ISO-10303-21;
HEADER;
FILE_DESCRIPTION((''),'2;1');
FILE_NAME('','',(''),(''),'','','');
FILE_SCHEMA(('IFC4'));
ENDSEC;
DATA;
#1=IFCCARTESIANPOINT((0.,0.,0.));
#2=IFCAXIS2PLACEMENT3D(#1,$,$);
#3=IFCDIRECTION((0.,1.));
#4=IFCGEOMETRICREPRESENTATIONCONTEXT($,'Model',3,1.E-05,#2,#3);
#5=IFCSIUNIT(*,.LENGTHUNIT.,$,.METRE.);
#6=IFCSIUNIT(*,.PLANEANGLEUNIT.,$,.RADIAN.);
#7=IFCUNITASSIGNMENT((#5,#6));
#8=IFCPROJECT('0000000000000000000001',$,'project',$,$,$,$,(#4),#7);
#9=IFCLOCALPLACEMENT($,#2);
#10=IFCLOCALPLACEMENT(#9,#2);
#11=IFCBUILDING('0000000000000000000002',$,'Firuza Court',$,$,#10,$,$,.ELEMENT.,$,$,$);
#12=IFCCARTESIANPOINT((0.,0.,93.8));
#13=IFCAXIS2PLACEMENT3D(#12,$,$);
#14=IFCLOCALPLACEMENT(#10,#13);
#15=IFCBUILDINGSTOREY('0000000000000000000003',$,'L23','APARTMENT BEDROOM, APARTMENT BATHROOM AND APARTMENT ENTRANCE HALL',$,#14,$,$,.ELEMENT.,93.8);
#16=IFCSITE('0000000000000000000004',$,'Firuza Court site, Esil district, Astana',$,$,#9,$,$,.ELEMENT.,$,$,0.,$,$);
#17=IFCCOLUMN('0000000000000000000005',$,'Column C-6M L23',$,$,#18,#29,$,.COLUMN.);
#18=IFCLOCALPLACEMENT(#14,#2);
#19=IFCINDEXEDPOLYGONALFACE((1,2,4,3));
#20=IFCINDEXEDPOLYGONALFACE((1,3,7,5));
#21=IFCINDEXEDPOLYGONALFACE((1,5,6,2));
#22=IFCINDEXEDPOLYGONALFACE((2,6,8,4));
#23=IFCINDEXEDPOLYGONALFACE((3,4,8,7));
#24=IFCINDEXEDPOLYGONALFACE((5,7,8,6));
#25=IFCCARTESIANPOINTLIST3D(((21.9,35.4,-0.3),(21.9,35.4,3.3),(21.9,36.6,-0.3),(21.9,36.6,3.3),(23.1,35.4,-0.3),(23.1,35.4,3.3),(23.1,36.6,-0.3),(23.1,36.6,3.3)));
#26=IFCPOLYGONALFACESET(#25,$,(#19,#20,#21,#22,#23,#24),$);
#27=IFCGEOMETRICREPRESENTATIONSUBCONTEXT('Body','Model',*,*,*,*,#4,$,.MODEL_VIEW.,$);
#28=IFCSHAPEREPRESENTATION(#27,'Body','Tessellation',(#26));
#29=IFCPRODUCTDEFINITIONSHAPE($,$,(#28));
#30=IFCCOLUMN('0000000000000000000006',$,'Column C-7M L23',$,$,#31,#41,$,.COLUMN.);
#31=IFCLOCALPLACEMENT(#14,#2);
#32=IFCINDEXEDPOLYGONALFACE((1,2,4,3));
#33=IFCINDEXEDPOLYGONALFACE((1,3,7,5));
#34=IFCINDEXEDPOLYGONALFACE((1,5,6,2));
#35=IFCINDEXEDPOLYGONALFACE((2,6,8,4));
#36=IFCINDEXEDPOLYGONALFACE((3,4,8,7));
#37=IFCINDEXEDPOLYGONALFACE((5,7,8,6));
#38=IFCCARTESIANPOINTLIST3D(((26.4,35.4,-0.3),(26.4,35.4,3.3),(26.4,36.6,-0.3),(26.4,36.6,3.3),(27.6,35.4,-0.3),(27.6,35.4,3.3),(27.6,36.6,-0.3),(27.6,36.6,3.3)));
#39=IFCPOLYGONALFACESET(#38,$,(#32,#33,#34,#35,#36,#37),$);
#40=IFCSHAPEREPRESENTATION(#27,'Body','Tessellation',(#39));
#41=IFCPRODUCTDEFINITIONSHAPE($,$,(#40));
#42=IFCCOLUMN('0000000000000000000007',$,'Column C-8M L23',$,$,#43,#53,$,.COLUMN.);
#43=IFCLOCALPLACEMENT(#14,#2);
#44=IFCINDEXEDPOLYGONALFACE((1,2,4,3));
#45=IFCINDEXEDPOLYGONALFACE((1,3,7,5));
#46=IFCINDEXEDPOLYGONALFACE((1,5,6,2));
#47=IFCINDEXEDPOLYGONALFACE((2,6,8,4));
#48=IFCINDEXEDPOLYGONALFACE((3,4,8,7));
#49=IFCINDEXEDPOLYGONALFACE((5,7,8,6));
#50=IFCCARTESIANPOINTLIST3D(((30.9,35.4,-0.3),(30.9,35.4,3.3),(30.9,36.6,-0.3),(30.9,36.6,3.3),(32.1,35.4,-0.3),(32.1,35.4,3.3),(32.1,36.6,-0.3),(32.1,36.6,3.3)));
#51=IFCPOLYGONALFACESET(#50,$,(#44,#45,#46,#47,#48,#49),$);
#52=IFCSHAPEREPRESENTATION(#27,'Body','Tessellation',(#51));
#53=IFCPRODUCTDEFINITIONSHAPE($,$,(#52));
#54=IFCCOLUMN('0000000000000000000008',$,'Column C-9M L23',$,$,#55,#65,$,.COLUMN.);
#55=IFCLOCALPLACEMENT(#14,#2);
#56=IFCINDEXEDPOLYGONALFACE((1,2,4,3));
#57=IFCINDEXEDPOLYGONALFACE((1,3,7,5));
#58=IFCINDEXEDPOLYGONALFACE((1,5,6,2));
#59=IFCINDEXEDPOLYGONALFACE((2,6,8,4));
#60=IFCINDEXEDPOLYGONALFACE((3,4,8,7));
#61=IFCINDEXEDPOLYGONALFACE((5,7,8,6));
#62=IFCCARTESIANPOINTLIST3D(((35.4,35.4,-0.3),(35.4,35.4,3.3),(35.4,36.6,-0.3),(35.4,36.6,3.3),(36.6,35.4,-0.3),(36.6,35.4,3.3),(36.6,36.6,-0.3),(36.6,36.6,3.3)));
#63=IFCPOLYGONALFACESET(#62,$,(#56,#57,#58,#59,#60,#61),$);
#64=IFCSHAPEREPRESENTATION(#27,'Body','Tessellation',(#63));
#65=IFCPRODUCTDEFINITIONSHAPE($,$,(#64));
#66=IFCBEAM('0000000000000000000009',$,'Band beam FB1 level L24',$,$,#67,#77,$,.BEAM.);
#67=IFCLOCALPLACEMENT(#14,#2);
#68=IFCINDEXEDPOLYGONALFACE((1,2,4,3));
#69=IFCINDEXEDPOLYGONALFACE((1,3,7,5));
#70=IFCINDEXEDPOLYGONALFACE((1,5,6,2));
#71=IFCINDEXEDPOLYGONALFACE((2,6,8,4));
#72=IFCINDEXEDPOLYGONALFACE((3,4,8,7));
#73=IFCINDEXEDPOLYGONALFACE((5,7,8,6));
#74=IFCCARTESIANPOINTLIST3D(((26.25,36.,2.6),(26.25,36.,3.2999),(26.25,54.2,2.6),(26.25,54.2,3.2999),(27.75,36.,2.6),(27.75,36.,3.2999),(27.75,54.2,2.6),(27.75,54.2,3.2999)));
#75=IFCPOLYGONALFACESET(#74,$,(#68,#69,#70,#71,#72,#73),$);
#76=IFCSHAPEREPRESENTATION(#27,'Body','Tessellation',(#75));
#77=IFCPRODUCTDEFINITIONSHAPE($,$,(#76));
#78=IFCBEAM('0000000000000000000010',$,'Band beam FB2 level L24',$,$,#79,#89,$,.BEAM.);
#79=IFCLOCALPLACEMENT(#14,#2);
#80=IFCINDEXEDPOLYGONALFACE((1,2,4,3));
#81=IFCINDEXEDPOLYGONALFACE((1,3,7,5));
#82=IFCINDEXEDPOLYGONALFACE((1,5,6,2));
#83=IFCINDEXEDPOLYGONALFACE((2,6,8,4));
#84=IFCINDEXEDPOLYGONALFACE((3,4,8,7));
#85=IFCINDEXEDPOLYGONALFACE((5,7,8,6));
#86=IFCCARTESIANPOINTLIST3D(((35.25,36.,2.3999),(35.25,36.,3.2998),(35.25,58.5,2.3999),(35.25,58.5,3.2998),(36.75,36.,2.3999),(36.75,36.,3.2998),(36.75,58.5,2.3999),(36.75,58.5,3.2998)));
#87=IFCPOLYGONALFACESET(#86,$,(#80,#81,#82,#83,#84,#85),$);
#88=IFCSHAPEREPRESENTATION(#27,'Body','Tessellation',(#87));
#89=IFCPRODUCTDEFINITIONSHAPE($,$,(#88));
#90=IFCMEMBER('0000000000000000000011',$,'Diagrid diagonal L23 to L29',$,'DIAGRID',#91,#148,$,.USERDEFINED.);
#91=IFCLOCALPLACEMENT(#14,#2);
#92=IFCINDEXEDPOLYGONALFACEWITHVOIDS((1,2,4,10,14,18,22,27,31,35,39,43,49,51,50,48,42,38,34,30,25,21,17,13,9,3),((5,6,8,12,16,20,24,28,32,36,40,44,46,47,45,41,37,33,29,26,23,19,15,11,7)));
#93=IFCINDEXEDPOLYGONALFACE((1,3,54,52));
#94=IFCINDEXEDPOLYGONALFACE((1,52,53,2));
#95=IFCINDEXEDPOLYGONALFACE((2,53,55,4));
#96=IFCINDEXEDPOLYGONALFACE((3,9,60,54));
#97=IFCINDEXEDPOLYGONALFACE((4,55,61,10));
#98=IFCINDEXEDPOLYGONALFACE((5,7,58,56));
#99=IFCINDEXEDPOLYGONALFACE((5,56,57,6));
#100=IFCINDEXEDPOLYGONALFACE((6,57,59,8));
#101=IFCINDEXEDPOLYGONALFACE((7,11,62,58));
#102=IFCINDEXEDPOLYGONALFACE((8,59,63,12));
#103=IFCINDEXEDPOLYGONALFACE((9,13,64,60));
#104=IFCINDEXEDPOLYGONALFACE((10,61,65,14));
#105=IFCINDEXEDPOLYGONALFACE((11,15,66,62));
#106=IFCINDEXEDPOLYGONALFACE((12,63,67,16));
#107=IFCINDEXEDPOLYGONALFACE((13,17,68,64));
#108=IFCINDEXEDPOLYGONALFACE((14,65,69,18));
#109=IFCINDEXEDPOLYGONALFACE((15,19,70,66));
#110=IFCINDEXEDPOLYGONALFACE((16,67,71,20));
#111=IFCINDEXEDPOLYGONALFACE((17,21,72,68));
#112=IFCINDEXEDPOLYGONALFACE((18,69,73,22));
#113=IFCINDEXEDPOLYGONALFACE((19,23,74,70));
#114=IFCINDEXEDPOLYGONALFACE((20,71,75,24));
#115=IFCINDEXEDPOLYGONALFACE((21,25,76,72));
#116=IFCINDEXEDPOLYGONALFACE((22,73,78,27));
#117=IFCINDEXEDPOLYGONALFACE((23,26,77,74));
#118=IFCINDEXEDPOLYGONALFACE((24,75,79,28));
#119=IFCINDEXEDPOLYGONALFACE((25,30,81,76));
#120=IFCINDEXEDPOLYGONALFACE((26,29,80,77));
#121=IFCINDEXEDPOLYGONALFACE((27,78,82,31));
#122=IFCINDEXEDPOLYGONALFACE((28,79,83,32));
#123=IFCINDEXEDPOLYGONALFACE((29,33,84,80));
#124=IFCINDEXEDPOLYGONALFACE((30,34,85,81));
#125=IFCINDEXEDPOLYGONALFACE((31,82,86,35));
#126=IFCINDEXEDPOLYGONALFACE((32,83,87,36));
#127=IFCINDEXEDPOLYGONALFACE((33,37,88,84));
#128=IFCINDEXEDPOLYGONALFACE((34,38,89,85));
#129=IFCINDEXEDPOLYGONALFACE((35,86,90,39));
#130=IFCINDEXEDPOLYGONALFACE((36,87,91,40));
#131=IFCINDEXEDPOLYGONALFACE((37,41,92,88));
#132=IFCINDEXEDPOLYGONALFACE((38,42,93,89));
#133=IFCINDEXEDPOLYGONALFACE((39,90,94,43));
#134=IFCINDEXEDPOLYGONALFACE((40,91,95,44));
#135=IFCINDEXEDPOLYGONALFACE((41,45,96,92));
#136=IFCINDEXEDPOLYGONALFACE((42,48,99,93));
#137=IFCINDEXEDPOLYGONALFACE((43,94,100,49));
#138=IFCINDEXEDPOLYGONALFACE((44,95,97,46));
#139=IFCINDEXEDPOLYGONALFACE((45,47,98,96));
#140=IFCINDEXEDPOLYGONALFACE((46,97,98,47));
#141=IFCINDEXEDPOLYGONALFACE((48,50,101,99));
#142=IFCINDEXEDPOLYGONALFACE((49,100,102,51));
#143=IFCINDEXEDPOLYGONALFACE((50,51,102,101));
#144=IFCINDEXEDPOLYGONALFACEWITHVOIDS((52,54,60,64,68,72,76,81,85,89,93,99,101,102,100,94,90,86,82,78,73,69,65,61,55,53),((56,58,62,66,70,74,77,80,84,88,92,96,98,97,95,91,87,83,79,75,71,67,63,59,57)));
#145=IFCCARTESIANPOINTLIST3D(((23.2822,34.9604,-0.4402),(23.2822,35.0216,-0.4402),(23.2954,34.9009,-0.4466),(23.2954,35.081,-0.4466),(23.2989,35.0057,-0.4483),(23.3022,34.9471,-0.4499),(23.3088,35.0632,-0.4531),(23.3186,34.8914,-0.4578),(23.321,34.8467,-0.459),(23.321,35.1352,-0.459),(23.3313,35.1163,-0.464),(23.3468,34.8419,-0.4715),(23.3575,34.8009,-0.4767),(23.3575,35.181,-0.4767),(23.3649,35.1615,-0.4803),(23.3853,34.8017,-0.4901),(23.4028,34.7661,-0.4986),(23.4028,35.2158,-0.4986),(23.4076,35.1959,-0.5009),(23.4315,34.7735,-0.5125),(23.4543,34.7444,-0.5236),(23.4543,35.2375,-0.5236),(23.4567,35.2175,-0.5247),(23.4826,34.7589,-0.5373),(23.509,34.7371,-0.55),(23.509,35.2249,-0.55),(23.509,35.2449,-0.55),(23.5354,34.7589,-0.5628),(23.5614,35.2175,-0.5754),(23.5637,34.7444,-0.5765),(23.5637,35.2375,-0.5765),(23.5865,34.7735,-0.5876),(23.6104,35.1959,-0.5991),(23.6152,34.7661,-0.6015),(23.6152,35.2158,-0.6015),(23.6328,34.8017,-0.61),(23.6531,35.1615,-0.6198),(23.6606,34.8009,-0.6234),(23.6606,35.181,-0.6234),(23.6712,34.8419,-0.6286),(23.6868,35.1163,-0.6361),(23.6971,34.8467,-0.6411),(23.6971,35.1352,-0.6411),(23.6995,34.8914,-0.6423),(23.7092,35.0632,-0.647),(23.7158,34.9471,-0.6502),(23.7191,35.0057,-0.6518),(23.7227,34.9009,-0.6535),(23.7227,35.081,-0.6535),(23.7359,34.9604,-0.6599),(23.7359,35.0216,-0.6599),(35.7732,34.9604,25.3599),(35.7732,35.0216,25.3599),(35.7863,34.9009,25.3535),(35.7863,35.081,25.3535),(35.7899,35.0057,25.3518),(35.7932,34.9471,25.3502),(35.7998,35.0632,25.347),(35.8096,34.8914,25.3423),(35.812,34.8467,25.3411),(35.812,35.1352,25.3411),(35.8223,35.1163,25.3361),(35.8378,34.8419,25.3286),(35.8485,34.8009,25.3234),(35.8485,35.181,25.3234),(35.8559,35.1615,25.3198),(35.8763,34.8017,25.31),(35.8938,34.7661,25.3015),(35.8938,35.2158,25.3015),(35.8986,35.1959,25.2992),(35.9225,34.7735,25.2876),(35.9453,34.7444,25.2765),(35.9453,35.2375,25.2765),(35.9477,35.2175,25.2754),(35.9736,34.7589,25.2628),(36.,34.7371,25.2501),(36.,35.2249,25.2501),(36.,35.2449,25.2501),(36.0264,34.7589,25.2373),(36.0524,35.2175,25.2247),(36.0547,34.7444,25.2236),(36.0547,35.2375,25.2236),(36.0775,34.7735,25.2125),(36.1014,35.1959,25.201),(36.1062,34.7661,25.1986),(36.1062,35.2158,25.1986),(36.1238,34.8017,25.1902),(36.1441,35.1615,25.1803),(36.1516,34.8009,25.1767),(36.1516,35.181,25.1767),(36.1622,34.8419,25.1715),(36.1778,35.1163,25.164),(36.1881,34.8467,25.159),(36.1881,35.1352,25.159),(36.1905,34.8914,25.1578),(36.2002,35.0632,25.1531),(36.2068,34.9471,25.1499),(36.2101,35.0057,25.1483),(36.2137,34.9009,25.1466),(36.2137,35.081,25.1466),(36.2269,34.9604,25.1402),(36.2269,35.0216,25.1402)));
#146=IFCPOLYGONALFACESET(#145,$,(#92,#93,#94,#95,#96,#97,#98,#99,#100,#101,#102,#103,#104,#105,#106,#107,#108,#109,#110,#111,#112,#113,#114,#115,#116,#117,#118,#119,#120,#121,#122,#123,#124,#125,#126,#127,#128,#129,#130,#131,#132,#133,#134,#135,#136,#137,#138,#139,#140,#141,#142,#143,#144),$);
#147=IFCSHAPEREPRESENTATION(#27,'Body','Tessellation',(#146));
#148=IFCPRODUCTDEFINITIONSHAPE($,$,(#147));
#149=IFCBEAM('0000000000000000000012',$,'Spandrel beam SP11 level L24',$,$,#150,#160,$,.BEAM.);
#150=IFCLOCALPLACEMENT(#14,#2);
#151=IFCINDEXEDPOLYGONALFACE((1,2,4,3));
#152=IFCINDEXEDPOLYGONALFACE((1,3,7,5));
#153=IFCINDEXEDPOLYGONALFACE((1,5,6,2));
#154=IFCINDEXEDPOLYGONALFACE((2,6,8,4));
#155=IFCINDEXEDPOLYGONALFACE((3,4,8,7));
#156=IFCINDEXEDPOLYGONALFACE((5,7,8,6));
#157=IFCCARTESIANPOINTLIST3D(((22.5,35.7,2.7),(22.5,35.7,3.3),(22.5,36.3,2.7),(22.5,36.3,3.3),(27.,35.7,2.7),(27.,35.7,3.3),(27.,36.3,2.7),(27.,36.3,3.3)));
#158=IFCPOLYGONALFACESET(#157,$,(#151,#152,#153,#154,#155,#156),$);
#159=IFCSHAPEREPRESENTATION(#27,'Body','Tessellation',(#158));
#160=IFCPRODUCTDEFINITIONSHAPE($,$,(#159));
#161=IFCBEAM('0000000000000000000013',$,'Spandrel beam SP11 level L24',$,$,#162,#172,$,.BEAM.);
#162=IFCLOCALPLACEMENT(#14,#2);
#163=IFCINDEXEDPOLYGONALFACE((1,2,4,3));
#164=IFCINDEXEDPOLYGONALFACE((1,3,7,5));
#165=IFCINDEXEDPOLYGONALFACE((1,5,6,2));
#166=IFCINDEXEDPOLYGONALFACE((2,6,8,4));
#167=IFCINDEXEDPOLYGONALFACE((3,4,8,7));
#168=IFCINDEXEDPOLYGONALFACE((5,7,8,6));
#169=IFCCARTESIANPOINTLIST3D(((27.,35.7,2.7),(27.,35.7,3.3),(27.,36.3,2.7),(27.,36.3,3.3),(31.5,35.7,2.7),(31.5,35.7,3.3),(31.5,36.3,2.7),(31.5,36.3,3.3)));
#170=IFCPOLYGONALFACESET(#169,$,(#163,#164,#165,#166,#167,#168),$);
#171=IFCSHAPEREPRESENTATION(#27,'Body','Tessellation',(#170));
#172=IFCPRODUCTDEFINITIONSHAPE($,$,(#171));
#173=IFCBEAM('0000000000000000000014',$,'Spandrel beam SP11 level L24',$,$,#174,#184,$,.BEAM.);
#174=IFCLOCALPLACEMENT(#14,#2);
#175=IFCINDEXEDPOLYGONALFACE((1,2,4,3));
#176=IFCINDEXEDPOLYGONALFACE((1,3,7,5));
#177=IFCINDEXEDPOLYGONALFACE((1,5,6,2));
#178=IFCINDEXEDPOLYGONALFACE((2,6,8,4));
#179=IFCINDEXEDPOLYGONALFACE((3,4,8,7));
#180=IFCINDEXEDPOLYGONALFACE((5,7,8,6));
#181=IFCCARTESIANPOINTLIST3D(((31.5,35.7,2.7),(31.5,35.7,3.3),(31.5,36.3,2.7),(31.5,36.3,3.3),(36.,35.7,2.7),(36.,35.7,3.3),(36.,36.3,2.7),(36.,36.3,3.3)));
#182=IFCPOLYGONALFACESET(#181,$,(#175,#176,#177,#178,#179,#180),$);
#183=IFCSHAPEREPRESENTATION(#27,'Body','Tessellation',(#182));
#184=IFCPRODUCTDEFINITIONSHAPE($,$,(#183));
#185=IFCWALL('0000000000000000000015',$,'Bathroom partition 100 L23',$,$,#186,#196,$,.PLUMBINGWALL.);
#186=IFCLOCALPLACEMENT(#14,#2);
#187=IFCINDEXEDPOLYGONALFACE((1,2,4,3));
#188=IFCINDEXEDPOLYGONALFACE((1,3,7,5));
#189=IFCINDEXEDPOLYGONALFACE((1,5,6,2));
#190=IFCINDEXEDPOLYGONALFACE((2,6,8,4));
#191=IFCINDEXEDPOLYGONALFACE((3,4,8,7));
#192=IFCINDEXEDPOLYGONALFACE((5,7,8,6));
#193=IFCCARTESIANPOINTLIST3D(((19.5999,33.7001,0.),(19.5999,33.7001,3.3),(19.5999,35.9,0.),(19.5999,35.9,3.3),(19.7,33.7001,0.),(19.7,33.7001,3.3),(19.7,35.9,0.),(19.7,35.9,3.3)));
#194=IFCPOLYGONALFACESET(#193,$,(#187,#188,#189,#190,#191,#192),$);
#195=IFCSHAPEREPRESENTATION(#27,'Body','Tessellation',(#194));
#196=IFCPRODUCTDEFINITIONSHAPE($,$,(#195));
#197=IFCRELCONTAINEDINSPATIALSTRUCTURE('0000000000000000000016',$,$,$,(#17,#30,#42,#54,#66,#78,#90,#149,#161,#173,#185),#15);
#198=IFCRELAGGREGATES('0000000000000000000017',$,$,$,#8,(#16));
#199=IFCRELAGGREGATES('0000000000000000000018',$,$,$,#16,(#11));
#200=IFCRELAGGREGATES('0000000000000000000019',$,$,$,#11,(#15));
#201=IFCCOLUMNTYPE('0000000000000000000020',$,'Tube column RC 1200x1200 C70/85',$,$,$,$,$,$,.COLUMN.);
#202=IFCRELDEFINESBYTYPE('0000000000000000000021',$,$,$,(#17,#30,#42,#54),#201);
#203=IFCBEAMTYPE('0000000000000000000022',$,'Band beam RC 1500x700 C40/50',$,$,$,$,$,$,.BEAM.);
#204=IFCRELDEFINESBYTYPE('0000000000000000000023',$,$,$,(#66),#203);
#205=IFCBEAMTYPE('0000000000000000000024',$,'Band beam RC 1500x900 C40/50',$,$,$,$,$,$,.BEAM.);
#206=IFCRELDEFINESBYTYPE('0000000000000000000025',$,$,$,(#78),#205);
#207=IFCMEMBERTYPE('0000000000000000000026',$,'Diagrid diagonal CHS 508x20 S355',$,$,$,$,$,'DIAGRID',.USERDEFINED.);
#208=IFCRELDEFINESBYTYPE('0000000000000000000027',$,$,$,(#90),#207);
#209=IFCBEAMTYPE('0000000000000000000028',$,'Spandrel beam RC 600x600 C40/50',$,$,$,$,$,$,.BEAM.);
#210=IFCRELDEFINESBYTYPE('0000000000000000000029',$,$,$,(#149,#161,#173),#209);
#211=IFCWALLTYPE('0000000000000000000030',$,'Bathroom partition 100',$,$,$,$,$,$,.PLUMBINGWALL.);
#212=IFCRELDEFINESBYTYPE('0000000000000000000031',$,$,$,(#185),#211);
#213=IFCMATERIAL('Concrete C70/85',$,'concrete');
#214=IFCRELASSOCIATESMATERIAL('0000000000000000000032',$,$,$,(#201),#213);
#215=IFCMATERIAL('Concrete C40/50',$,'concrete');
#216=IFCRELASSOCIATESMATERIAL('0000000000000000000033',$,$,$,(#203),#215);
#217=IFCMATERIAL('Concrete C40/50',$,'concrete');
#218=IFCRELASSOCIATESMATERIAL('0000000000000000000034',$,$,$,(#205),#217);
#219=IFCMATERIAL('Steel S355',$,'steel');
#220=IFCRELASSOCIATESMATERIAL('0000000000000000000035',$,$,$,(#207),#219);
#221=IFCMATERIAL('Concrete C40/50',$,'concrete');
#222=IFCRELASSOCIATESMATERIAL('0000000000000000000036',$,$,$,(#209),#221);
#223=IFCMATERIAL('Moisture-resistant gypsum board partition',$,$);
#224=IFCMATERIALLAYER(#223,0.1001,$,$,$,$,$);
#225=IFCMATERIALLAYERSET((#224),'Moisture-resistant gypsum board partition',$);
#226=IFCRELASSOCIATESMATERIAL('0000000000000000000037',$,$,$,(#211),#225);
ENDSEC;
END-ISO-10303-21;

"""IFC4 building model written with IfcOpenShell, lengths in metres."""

from ifc_helpers import new_model, si_unit, direction, frame, frame_2d, origin, origin_2d, place, context, subcontext, project, spatial, rectangle, hollow_circle, extrude, material, layer, layer_set, material_profile, profile_set, type_object, element, save


model = new_model("IFC4")

# Units and contexts
model_context = context("Model", 3, precision=1e-05, world=origin(), true_north=direction((0.0, 1.0)))
body_context = subcontext(model_context, "Body", "Model", "MODEL_VIEW")
ifc_project = project(units=[si_unit("LENGTHUNIT", "METRE"), si_unit("PLANEANGLEUNIT", "RADIAN")], contexts=[model_context])

# Site, building, storey
site_placement = place(None, origin())
site = spatial("IfcSite", under=ifc_project, at=site_placement, Name="Firuza Court site, Esil district, Astana", CompositionType="ELEMENT", RefElevation=0.0)
building_placement = place(site_placement, origin())
building = spatial("IfcBuilding", under=site, at=building_placement, Name="Firuza Court", CompositionType="ELEMENT")
storey_placement = place(building_placement, frame((0.0, 0.0, 93.8)))
storey = spatial("IfcBuildingStorey", under=building, at=storey_placement, Name="L23", Description="APARTMENT BEDROOM, APARTMENT BATHROOM AND APARTMENT ENTRANCE HALL", CompositionType="ELEMENT", Elevation=93.8)

# Columns
ifc_material_1 = material(Name="Concrete C70/85", Category="concrete")
ifc_material_profile_1 = material_profile(ifc_material_1, rectangle(XDim=1.2, YDim=1.2, at=origin_2d()), Name="RC 1200x1200")
ifc_profile_set_1 = profile_set([ifc_material_profile_1], Name="Concrete C70/85")
column_type = type_object("IfcColumnType", Name="Tube column RC 1200x1200 C70/85", PredefinedType="COLUMN", material=ifc_profile_set_1)
for number, where, z_axis, x_axis, name in (
    (1, (22.5, 36.0, -0.3), (0.0, 0.0, 1.0), (1.0, 0.0, 0.0), "Column C-6M L23"),
    (2, (27.0, 36.0, -0.3), (0.0, 0.0, 1.0), (1.0, 0.0, 0.0), "Column C-7M L23"),
    (3, (31.5, 36.0, -0.3), (0.0, 0.0, 1.0), (1.0, 0.0, 0.0), "Column C-8M L23"),
    (4, (36.0, 36.0, -0.3), (0.0, 0.0, 1.0), (1.0, 0.0, 0.0), "Column C-9M L23"),
):
    element("IfcColumn", number, at=place(storey_placement, frame(where, z_axis=z_axis, x_axis=x_axis)), inside=storey, type_object=column_type, Name=name, PredefinedType="COLUMN", context=body_context, shape_type="SweptSolid", body=[
        extrude(rectangle(XDim=1.2, YDim=1.2, at=origin_2d()), origin(), (0.0, 0.0, 1.0), 3.6001),
    ])

# Beams
ifc_material_2 = material(Name="Concrete C40/50", Category="concrete")
ifc_material_profile_2 = material_profile(ifc_material_2, rectangle(XDim=1.5, YDim=0.7, at=origin_2d()), Name="RC 1500x700")
ifc_profile_set_2 = profile_set([ifc_material_profile_2], Name="Concrete C40/50")
beam_type_1 = type_object("IfcBeamType", Name="Band beam RC 1500x700 C40/50", PredefinedType="BEAM", material=ifc_profile_set_2)
beam_1_placement = place(storey_placement, frame((27.0, 36.0, 2.95), z_axis=(0.0, 1.0, 0.0), x_axis=(-1.0, 0.0, 0.0)))
element("IfcBeam", 5, at=beam_1_placement, inside=storey, type_object=beam_type_1, Name="Band beam FB1 level L24", PredefinedType="BEAM", context=body_context, shape_type="SweptSolid", body=[
    extrude(rectangle(XDim=1.5, YDim=0.7, at=origin_2d()), origin(), (0.0, 0.0, 1.0), 18.2),
])
ifc_material_3 = material(Name="Concrete C40/50", Category="concrete")
ifc_material_profile_3 = material_profile(ifc_material_3, rectangle(XDim=1.5, YDim=0.8999, at=origin_2d()), Name="RC 1500x900")
ifc_profile_set_3 = profile_set([ifc_material_profile_3], Name="Concrete C40/50")
beam_type_2 = type_object("IfcBeamType", Name="Band beam RC 1500x900 C40/50", PredefinedType="BEAM", material=ifc_profile_set_3)
beam_2_placement = place(storey_placement, frame((36.0, 36.0, 2.8499), z_axis=(0.0, 1.0, 0.0), x_axis=(-1.0, 0.0, 0.0)))
element("IfcBeam", 6, at=beam_2_placement, inside=storey, type_object=beam_type_2, Name="Band beam FB2 level L24", PredefinedType="BEAM", context=body_context, shape_type="SweptSolid", body=[
    extrude(rectangle(XDim=1.5, YDim=0.8999, at=origin_2d()), origin(), (0.0, 0.0, 1.0), 22.5),
])

# Member
ifc_material_4 = material(Name="Steel S355", Category="steel")
ifc_material_profile_4 = material_profile(ifc_material_4, hollow_circle(Radius=0.2539, WallThickness=0.02, at=origin_2d()), Name="CHS 508x20")
ifc_profile_set_4 = profile_set([ifc_material_profile_4], Name="Steel S355")
member_type = type_object("IfcMemberType", Name="Diagrid diagonal CHS 508x20 S355", ElementType="DIAGRID", PredefinedType="USERDEFINED", material=ifc_profile_set_4)
member_placement = place(storey_placement, frame((23.509, 34.991, -0.55), z_axis=(0.435761, 0.0, 0.900062), x_axis=(0.0, 1.0, 0.0)))
element("IfcMember", 7, at=member_placement, inside=storey, type_object=member_type, Name="Diagrid diagonal L23 to L29", ObjectType="DIAGRID", PredefinedType="USERDEFINED", context=body_context, shape_type="SweptSolid", body=[
    extrude(hollow_circle(Radius=0.2539, WallThickness=0.02, at=origin_2d()), origin(), (0.0, 0.0, 1.0), 28.6648),
])

# Beams
ifc_material_5 = material(Name="Concrete C40/50", Category="concrete")
ifc_material_profile_5 = material_profile(ifc_material_5, rectangle(XDim=0.6001, YDim=0.6001, at=origin_2d()), Name="RC 600x600")
ifc_profile_set_5 = profile_set([ifc_material_profile_5], Name="Concrete C40/50")
beam_type_3 = type_object("IfcBeamType", Name="Spandrel beam RC 600x600 C40/50", PredefinedType="BEAM", material=ifc_profile_set_5)
for number, where, z_axis, x_axis, name in (
    (8, (22.5, 36.0, 3.0), (1.0, 0.0, 0.0), (0.0, 1.0, 0.0), "Spandrel beam SP11 level L24"),
    (9, (27.0, 36.0, 3.0), (1.0, 0.0, 0.0), (0.0, 1.0, 0.0), "Spandrel beam SP11 level L24"),
    (10, (31.5, 36.0, 3.0), (1.0, 0.0, 0.0), (0.0, 1.0, 0.0), "Spandrel beam SP11 level L24"),
):
    element("IfcBeam", number, at=place(storey_placement, frame(where, z_axis=z_axis, x_axis=x_axis)), inside=storey, type_object=beam_type_3, Name=name, PredefinedType="BEAM", context=body_context, shape_type="SweptSolid", body=[
        extrude(rectangle(XDim=0.6001, YDim=0.6001, at=origin_2d()), origin(), (0.0, 0.0, 1.0), 4.5),
    ])

# Wall
ifc_material_6 = material(Name="Moisture-resistant gypsum board partition")
ifc_layer_1 = layer(ifc_material_6, 0.1001)
ifc_layer_set_1 = layer_set([ifc_layer_1], Name="Moisture-resistant gypsum board partition")
wall_type_1 = type_object("IfcWallType", Name="Bathroom partition 100", PredefinedType="PLUMBINGWALL", material=ifc_layer_set_1)
wall_1_placement = place(storey_placement, frame((19.6499, 33.7, 0.0), z_axis=(0.0, 0.0, 1.0), x_axis=(0.0, 1.0, 0.0)))
element("IfcWall", 11, at=wall_1_placement, inside=storey, type_object=wall_type_1, Name="Bathroom partition 100 L23", PredefinedType="PLUMBINGWALL", context=body_context, shape_type="SweptSolid", body=[
    extrude(rectangle(XDim=2.2, YDim=0.1001, at=frame_2d((1.1001, 0.0))), origin(), (0.0, 0.0, 1.0), 3.3),
])

save(model, "model.ifc")
